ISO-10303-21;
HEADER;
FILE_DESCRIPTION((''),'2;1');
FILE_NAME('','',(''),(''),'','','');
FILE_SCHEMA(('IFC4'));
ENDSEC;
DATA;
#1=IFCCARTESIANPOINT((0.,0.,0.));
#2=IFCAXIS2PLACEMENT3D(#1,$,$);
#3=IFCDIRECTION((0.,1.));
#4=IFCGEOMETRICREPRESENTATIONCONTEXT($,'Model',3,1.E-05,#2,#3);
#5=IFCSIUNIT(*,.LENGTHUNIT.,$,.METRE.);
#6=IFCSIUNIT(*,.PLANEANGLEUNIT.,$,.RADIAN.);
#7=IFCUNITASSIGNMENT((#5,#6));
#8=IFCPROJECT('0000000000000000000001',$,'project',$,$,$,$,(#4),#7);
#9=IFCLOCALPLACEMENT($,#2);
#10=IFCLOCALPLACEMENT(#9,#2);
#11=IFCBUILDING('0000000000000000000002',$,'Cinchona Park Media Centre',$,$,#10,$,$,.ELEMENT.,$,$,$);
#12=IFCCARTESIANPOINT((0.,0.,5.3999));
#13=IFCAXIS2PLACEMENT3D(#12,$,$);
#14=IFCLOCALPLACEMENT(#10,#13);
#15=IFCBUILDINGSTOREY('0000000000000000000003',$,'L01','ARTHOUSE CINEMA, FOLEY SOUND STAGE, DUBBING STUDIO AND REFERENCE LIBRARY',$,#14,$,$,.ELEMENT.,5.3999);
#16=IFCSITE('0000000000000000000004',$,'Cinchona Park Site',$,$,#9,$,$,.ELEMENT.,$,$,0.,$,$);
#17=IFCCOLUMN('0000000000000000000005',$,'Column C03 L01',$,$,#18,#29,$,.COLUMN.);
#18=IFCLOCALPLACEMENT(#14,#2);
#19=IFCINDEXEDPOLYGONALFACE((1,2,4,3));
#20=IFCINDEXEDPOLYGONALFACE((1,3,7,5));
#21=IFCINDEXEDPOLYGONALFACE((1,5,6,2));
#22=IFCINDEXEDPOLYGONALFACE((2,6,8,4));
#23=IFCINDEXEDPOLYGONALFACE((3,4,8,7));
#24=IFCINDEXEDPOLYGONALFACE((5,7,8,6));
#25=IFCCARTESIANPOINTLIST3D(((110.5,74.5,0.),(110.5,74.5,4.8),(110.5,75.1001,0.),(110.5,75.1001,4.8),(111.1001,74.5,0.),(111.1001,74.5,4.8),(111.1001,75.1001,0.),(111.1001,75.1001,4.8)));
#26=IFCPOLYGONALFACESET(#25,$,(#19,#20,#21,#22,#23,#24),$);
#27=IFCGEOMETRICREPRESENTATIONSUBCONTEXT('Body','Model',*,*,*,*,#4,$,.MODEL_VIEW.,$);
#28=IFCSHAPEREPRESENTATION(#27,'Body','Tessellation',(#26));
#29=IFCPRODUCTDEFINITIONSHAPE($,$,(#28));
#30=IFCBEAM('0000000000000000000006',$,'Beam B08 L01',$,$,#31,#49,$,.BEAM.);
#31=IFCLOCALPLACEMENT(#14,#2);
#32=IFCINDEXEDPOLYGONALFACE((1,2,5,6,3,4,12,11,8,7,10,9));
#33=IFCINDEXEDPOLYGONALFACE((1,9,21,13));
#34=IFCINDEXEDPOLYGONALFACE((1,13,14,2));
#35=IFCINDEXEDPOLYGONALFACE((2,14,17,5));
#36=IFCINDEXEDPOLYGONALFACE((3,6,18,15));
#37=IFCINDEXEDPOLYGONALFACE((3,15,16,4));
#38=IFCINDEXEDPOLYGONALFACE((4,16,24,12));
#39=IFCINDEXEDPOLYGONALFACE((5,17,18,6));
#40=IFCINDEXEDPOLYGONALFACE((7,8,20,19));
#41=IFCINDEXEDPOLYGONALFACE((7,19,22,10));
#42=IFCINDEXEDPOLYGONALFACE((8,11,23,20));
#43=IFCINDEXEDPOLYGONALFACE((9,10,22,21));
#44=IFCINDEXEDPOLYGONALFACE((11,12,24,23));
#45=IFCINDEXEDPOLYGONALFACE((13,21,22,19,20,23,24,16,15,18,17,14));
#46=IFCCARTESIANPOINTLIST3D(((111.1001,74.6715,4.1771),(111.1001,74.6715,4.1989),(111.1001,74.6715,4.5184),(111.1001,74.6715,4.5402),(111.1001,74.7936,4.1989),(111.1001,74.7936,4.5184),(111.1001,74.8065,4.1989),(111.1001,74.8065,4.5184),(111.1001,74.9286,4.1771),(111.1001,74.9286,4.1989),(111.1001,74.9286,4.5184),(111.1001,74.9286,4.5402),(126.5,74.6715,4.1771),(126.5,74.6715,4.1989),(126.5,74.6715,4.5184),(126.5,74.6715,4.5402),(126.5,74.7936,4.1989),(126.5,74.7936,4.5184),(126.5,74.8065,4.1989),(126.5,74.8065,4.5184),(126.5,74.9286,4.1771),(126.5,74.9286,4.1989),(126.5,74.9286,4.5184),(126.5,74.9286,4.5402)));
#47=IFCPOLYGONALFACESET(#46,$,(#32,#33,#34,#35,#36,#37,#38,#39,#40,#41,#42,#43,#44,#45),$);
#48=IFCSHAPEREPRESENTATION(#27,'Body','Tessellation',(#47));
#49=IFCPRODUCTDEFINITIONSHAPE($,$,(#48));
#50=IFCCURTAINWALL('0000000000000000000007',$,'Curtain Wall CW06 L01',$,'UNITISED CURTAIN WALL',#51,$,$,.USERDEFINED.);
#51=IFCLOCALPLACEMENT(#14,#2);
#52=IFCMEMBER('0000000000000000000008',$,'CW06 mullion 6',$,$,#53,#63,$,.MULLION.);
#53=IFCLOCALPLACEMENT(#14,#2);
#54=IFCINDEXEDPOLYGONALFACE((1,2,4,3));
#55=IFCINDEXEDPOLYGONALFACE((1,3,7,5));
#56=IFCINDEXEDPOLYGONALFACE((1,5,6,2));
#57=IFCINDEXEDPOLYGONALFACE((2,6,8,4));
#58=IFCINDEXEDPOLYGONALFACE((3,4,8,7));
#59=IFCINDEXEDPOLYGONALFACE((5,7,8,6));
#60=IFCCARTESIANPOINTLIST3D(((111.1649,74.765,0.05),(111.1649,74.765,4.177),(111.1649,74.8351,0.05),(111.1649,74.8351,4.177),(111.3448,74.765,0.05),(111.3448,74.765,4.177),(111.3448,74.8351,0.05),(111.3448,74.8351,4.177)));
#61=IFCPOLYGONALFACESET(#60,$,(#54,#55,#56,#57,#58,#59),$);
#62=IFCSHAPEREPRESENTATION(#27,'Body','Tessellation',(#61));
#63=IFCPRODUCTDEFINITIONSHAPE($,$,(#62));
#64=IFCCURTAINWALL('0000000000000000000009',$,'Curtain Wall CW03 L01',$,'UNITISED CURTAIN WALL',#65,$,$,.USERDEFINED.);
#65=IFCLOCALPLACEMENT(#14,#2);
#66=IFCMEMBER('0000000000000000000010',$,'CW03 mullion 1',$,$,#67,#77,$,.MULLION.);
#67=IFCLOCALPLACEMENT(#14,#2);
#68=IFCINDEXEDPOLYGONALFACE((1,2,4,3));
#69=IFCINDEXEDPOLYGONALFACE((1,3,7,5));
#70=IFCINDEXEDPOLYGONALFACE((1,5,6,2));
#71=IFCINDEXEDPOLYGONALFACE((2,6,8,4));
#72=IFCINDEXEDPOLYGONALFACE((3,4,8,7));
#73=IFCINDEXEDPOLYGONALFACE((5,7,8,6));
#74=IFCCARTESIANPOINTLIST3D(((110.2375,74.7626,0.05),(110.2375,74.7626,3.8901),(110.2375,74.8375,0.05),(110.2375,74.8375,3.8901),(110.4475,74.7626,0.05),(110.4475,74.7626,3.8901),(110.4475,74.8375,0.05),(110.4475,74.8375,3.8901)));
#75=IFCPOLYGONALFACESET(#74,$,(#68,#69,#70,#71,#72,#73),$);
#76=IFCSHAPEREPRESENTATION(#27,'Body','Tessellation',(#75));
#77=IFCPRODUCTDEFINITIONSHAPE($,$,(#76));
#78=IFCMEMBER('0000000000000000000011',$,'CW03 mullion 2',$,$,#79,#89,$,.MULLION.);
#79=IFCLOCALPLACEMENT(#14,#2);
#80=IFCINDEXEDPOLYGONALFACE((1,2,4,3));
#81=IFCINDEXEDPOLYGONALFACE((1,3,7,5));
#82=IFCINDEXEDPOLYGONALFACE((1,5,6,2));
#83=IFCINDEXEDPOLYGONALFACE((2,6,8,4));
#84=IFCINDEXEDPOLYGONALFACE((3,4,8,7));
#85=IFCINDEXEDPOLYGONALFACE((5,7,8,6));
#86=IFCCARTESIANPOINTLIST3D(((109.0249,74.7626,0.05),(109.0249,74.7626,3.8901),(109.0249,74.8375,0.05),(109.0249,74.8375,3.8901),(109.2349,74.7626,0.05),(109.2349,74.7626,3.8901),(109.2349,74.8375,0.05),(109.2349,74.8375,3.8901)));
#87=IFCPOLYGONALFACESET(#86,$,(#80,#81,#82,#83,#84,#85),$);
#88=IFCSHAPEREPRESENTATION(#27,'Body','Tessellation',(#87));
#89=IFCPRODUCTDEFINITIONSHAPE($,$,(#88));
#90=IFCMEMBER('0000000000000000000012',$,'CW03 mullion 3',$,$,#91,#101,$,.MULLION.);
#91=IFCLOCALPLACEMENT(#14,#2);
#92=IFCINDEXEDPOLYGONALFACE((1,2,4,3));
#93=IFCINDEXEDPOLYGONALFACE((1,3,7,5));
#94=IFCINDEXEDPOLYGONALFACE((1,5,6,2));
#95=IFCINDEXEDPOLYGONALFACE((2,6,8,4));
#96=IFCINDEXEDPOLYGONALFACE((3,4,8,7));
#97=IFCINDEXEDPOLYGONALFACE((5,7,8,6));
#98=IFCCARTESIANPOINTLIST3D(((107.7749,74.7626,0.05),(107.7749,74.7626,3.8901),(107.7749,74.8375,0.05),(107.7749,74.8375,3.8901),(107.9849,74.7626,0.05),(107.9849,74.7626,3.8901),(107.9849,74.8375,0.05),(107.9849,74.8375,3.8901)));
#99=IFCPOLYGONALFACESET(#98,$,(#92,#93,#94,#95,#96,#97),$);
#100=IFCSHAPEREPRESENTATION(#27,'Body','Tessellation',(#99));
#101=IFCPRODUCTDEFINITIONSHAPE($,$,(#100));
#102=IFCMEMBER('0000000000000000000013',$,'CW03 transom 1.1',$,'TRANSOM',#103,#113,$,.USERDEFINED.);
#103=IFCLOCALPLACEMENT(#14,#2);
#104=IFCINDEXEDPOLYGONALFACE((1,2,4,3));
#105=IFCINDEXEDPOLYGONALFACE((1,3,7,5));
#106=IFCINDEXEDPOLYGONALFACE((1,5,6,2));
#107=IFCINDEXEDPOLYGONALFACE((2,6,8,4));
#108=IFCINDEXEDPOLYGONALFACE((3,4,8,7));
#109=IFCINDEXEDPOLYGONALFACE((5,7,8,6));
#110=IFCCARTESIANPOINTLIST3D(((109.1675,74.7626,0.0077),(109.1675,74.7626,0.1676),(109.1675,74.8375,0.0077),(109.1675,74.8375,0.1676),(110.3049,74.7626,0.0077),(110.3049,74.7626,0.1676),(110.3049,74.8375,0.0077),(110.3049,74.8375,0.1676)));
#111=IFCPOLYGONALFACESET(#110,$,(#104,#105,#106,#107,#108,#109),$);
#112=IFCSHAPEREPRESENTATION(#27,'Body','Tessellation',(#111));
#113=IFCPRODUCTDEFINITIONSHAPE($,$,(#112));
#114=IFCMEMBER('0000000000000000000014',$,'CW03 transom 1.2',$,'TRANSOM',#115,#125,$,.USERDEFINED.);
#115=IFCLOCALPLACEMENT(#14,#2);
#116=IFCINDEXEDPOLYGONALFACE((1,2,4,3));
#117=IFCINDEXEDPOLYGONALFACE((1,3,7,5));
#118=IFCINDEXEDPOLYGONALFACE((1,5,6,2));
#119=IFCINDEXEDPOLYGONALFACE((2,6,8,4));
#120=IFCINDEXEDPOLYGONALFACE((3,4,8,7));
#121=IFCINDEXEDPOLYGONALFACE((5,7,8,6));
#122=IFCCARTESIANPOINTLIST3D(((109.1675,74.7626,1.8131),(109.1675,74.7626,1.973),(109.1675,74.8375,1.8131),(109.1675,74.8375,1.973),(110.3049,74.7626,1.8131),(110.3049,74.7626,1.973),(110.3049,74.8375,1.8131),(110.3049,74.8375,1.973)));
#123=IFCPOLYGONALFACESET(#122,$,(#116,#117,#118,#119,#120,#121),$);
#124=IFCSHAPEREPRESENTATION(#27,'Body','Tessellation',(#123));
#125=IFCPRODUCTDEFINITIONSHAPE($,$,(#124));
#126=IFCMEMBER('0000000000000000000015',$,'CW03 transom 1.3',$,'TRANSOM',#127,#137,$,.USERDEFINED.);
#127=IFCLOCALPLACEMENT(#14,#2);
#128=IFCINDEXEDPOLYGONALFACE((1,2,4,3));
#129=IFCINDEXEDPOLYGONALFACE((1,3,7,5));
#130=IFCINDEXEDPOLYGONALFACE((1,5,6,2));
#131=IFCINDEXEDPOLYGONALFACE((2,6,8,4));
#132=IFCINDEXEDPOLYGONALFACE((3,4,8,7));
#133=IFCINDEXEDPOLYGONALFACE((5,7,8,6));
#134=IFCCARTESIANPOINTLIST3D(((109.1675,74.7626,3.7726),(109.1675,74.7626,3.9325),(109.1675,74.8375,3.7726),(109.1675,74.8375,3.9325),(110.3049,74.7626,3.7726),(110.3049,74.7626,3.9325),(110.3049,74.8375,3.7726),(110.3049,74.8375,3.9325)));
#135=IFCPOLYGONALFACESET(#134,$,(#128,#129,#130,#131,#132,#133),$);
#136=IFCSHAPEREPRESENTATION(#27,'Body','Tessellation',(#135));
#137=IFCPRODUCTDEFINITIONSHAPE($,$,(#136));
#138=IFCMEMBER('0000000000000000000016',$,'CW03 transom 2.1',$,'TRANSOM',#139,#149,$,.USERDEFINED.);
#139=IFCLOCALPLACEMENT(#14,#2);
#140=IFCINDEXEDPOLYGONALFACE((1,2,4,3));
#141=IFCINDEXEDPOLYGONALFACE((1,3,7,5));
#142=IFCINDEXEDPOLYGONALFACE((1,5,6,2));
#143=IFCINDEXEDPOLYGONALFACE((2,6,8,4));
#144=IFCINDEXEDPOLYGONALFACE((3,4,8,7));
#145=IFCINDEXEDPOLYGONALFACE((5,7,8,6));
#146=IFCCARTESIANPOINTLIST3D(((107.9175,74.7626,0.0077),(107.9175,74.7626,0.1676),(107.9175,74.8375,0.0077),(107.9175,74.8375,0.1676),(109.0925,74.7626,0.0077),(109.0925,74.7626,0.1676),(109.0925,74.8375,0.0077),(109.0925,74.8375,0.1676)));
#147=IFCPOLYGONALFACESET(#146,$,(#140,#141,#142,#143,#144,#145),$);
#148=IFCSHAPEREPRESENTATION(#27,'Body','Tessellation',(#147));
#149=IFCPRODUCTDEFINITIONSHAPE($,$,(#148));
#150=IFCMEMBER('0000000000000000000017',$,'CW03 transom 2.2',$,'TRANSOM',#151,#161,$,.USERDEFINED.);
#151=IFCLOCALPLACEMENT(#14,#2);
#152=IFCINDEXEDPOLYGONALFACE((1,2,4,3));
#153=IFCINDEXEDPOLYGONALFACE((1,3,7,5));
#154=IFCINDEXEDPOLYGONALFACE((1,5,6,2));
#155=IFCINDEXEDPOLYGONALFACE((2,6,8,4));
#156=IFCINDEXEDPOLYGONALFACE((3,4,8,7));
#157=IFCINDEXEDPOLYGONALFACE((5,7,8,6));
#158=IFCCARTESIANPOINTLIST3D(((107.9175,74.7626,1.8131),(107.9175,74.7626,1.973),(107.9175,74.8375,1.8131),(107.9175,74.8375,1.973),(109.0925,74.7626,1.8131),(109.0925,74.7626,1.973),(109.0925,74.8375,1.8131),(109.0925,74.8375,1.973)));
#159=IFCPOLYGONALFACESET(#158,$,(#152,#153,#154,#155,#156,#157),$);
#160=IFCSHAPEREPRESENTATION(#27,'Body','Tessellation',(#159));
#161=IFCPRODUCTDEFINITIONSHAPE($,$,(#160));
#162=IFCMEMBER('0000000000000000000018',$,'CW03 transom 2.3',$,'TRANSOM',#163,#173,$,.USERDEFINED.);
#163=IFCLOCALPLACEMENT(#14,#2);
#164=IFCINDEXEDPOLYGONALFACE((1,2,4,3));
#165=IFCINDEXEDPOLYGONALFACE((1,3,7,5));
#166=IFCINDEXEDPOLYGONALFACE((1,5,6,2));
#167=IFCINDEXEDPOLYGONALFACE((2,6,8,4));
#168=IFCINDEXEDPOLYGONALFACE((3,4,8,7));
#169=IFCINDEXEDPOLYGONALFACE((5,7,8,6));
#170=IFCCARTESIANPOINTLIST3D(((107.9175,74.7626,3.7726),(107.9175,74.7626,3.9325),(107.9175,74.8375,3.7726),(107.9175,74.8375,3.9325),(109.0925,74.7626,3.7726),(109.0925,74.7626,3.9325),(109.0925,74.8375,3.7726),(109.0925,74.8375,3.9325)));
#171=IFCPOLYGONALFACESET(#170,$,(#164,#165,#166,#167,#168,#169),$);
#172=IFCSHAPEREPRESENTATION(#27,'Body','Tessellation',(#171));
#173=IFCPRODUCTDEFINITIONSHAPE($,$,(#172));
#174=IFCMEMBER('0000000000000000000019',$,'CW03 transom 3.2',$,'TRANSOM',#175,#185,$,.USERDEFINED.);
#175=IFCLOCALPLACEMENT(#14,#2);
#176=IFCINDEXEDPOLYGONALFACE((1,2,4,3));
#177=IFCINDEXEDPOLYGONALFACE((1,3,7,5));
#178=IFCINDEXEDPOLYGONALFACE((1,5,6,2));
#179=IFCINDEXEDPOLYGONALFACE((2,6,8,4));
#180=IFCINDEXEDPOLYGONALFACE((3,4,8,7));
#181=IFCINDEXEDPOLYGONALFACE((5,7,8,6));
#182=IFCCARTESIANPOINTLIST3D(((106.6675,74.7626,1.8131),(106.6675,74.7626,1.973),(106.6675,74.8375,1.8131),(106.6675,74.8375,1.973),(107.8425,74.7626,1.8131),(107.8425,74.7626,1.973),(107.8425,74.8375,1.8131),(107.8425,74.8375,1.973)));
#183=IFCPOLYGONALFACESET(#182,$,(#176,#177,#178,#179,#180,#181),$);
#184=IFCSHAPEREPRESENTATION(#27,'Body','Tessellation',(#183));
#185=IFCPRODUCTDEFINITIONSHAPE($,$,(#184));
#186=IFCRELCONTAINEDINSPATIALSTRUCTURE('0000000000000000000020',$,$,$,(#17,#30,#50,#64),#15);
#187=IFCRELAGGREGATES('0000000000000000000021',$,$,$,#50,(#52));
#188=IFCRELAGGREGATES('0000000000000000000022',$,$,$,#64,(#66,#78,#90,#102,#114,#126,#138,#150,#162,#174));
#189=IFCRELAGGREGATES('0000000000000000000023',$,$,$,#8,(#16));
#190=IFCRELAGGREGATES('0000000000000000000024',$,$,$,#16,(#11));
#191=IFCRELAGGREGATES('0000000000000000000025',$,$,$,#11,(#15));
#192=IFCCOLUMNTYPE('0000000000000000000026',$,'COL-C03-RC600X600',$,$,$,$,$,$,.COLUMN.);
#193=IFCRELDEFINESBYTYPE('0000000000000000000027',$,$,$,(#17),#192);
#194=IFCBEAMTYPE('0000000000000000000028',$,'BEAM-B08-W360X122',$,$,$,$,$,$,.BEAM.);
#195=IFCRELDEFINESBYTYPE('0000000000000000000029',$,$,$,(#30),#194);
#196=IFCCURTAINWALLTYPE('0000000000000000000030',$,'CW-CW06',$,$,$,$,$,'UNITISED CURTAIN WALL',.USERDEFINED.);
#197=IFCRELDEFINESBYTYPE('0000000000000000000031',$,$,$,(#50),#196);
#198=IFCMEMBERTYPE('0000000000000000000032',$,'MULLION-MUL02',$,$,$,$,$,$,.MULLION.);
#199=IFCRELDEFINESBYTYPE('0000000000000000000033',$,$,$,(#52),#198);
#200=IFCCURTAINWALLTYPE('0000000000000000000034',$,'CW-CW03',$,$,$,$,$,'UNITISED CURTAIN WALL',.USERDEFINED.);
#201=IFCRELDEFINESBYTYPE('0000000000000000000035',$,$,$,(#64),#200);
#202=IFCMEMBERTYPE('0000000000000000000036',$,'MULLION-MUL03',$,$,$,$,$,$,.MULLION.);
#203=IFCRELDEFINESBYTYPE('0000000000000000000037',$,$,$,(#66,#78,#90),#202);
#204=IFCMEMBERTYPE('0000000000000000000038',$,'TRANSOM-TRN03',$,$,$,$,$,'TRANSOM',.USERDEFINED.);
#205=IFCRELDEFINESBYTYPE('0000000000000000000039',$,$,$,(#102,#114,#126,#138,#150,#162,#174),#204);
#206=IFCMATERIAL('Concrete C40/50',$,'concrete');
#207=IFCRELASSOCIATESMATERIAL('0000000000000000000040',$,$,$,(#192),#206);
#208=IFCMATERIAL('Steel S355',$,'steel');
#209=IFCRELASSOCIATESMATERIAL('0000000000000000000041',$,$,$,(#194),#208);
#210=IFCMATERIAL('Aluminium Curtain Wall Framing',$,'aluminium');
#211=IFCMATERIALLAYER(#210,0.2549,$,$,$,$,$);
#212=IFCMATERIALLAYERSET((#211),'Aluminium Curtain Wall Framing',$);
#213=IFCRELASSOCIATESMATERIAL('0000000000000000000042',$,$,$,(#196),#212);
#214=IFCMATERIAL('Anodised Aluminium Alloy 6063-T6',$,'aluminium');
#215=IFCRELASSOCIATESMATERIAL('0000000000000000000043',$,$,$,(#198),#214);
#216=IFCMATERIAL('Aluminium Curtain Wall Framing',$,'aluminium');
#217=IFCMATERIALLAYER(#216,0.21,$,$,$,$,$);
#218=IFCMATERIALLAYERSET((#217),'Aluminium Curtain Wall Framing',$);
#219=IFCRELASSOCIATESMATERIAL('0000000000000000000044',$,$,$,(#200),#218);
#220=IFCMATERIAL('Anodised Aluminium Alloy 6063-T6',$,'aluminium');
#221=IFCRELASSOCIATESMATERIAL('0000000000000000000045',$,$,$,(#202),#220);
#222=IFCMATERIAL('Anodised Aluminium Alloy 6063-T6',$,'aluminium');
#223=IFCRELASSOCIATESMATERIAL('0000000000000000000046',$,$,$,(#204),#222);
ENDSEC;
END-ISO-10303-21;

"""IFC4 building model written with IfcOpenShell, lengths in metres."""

from ifc_helpers import new_model, si_unit, direction, frame, origin, origin_2d, place, context, subcontext, project, spatial, rectangle, i_section, extrude, material, layer, layer_set, material_profile, profile_set, type_object, element, aggregate, save


model = new_model("IFC4")

# Units and contexts
model_context = context("Model", 3, precision=1e-05, world=origin(), true_north=direction((0.0, 1.0)))
body_context = subcontext(model_context, "Body", "Model", "MODEL_VIEW")
ifc_project = project(units=[si_unit("LENGTHUNIT", "METRE"), si_unit("PLANEANGLEUNIT", "RADIAN")], contexts=[model_context])

# Site, building, storey
site_placement = place(None, origin())
site = spatial("IfcSite", under=ifc_project, at=site_placement, Name="Cinchona Park Site", CompositionType="ELEMENT", RefElevation=0.0)
building_placement = place(site_placement, origin())
building = spatial("IfcBuilding", under=site, at=building_placement, Name="Cinchona Park Media Centre", CompositionType="ELEMENT")
storey_placement = place(building_placement, frame((0.0, 0.0, 5.3999)))
storey = spatial("IfcBuildingStorey", under=building, at=storey_placement, Name="L01", Description="ARTHOUSE CINEMA, FOLEY SOUND STAGE, DUBBING STUDIO AND REFERENCE LIBRARY", CompositionType="ELEMENT", Elevation=5.3999)

# Column
ifc_material_1 = material(Name="Concrete C40/50", Category="concrete")
ifc_material_profile_1 = material_profile(ifc_material_1, rectangle(XDim=0.6001, YDim=0.6001, at=origin_2d()), Name="RC 600X600")
ifc_profile_set_1 = profile_set([ifc_material_profile_1], Name="Concrete C40/50")
column_type = type_object("IfcColumnType", Name="COL-C03-RC600X600", PredefinedType="COLUMN", material=ifc_profile_set_1)
column_placement = place(storey_placement, frame((110.8, 74.8, 0.0), z_axis=(0.0, 0.0, 1.0), x_axis=(1.0, 0.0, 0.0)))
element("IfcColumn", 1, at=column_placement, inside=storey, type_object=column_type, Name="Column C03 L01", PredefinedType="COLUMN", context=body_context, shape_type="SweptSolid", body=[
    extrude(rectangle(XDim=0.6001, YDim=0.6001, at=origin_2d()), origin(), (0.0, 0.0, 1.0), 4.8),
])

# Beam
ifc_material_2 = material(Name="Steel S355", Category="steel")
ifc_material_profile_2 = material_profile(ifc_material_2, i_section(OverallWidth=0.2571, OverallDepth=0.363, WebThickness=0.0129, FlangeThickness=0.0217, at=origin_2d()), Name="W360X122")
ifc_profile_set_2 = profile_set([ifc_material_profile_2], Name="Steel S355")
beam_type = type_object("IfcBeamType", Name="BEAM-B08-W360X122", PredefinedType="BEAM", material=ifc_profile_set_2)
beam_placement = place(storey_placement, frame((111.1001, 74.8, 4.3586), z_axis=(1.0, 0.0, 0.0), x_axis=(0.0, 1.0, 0.0)))
element("IfcBeam", 2, at=beam_placement, inside=storey, type_object=beam_type, Name="Beam B08 L01", PredefinedType="BEAM", context=body_context, shape_type="SweptSolid", body=[
    extrude(i_section(OverallWidth=0.2571, OverallDepth=0.363, WebThickness=0.0129, FlangeThickness=0.0217, at=origin_2d()), origin(), (0.0, 0.0, 1.0), 15.3999),
])

# Curtain wall, member
ifc_material_3 = material(Name="Aluminium Curtain Wall Framing", Category="aluminium")
ifc_layer_1 = layer(ifc_material_3, 0.2549)
ifc_layer_set_1 = layer_set([ifc_layer_1], Name="Aluminium Curtain Wall Framing")
curtain_wall_type_1 = type_object("IfcCurtainWallType", Name="CW-CW06", ElementType="UNITISED CURTAIN WALL", PredefinedType="USERDEFINED", material=ifc_layer_set_1)
curtain_wall_1_placement = place(storey_placement, origin())
curtain_wall_1 = element("IfcCurtainWall", 3, at=curtain_wall_1_placement, inside=storey, type_object=curtain_wall_type_1, Name="Curtain Wall CW06 L01", ObjectType="UNITISED CURTAIN WALL", PredefinedType="USERDEFINED")
ifc_material_4 = material(Name="Anodised Aluminium Alloy 6063-T6", Category="aluminium")
ifc_material_profile_3 = material_profile(ifc_material_4, rectangle(XDim=0.0701, YDim=0.1799, at=origin_2d()), Name="MUL-70X180")
ifc_profile_set_3 = profile_set([ifc_material_profile_3], Name="Anodised Aluminium Alloy 6063-T6")
member_type_1 = type_object("IfcMemberType", Name="MULLION-MUL02", PredefinedType="MULLION", material=ifc_profile_set_3)
member_1_placement = place(storey_placement, frame((111.2549, 74.8, 0.05), z_axis=(0.0, 0.0, 1.0), x_axis=(0.0, -1.0, 0.0)))
member_1 = element("IfcMember", 4, at=member_1_placement, type_object=member_type_1, Name="CW06 mullion 6", PredefinedType="MULLION", context=body_context, shape_type="SweptSolid", body=[
    extrude(rectangle(XDim=0.0701, YDim=0.1799, at=origin_2d()), origin(), (0.0, 0.0, 1.0), 4.127),
])
aggregate(curtain_wall_1, [member_1])

# Curtain wall, members
ifc_material_5 = material(Name="Aluminium Curtain Wall Framing", Category="aluminium")
ifc_layer_2 = layer(ifc_material_5, 0.21)
ifc_layer_set_2 = layer_set([ifc_layer_2], Name="Aluminium Curtain Wall Framing")
curtain_wall_type_2 = type_object("IfcCurtainWallType", Name="CW-CW03", ElementType="UNITISED CURTAIN WALL", PredefinedType="USERDEFINED", material=ifc_layer_set_2)
curtain_wall_2_placement = place(storey_placement, origin())
curtain_wall_2 = element("IfcCurtainWall", 5, at=curtain_wall_2_placement, inside=storey, type_object=curtain_wall_type_2, Name="Curtain Wall CW03 L01", ObjectType="UNITISED CURTAIN WALL", PredefinedType="USERDEFINED")
ifc_material_6 = material(Name="Anodised Aluminium Alloy 6063-T6", Category="aluminium")
ifc_material_profile_4 = material_profile(ifc_material_6, rectangle(XDim=0.075, YDim=0.21, at=origin_2d()), Name="MUL-75X210")
ifc_profile_set_4 = profile_set([ifc_material_profile_4], Name="Anodised Aluminium Alloy 6063-T6")
member_type_2 = type_object("IfcMemberType", Name="MULLION-MUL03", PredefinedType="MULLION", material=ifc_profile_set_4)
member_2_placement = place(storey_placement, frame((110.3425, 74.8, 0.05), z_axis=(0.0, 0.0, 1.0), x_axis=(0.0, -1.0, 0.0)))
member_2 = element("IfcMember", 6, at=member_2_placement, type_object=member_type_2, Name="CW03 mullion 1", PredefinedType="MULLION", context=body_context, shape_type="SweptSolid", body=[
    extrude(rectangle(XDim=0.075, YDim=0.21, at=origin_2d()), origin(), (0.0, 0.0, 1.0), 3.8401),
])
member_3_placement = place(storey_placement, frame((109.1299, 74.8, 0.05), z_axis=(0.0, 0.0, 1.0), x_axis=(0.0, -1.0, 0.0)))
member_3 = element("IfcMember", 7, at=member_3_placement, type_object=member_type_2, Name="CW03 mullion 2", PredefinedType="MULLION", context=body_context, shape_type="SweptSolid", body=[
    extrude(rectangle(XDim=0.075, YDim=0.21, at=origin_2d()), origin(), (0.0, 0.0, 1.0), 3.8401),
])
member_4_placement = place(storey_placement, frame((107.8799, 74.8, 0.05), z_axis=(0.0, 0.0, 1.0), x_axis=(0.0, -1.0, 0.0)))
member_4 = element("IfcMember", 8, at=member_4_placement, type_object=member_type_2, Name="CW03 mullion 3", PredefinedType="MULLION", context=body_context, shape_type="SweptSolid", body=[
    extrude(rectangle(XDim=0.075, YDim=0.21, at=origin_2d()), origin(), (0.0, 0.0, 1.0), 3.8401),
])
ifc_material_7 = material(Name="Anodised Aluminium Alloy 6063-T6", Category="aluminium")
ifc_material_profile_5 = material_profile(ifc_material_7, rectangle(XDim=0.075, YDim=0.1599, at=origin_2d()), Name="TRN-75X160")
ifc_profile_set_5 = profile_set([ifc_material_profile_5], Name="Anodised Aluminium Alloy 6063-T6")
member_type_3 = type_object("IfcMemberType", Name="TRANSOM-TRN03", ElementType="TRANSOM", PredefinedType="USERDEFINED", material=ifc_profile_set_5)
member_5_placement = place(storey_placement, frame((110.3049, 74.8, 0.0876), z_axis=(-1.0, 0.0, 0.0), x_axis=(0.0, -1.0, 0.0)))
member_5 = element("IfcMember", 9, at=member_5_placement, type_object=member_type_3, Name="CW03 transom 1.1", ObjectType="TRANSOM", PredefinedType="USERDEFINED", context=body_context, shape_type="SweptSolid", body=[
    extrude(rectangle(XDim=0.075, YDim=0.1599, at=origin_2d()), origin(), (0.0, 0.0, 1.0), 1.1375),
])
member_6_placement = place(storey_placement, frame((110.3049, 74.8, 1.8931), z_axis=(-1.0, 0.0, 0.0), x_axis=(0.0, -1.0, 0.0)))
member_6 = element("IfcMember", 10, at=member_6_placement, type_object=member_type_3, Name="CW03 transom 1.2", ObjectType="TRANSOM", PredefinedType="USERDEFINED", context=body_context, shape_type="SweptSolid", body=[
    extrude(rectangle(XDim=0.075, YDim=0.1599, at=origin_2d()), origin(), (0.0, 0.0, 1.0), 1.1375),
])
member_7_placement = place(storey_placement, frame((110.3049, 74.8, 3.8525), z_axis=(-1.0, 0.0, 0.0), x_axis=(0.0, -1.0, 0.0)))
member_7 = element("IfcMember", 11, at=member_7_placement, type_object=member_type_3, Name="CW03 transom 1.3", ObjectType="TRANSOM", PredefinedType="USERDEFINED", context=body_context, shape_type="SweptSolid", body=[
    extrude(rectangle(XDim=0.075, YDim=0.1599, at=origin_2d()), origin(), (0.0, 0.0, 1.0), 1.1375),
])
member_8_placement = place(storey_placement, frame((109.0925, 74.8, 0.0876), z_axis=(-1.0, 0.0, 0.0), x_axis=(0.0, -1.0, 0.0)))
member_8 = element("IfcMember", 12, at=member_8_placement, type_object=member_type_3, Name="CW03 transom 2.1", ObjectType="TRANSOM", PredefinedType="USERDEFINED", context=body_context, shape_type="SweptSolid", body=[
    extrude(rectangle(XDim=0.075, YDim=0.1599, at=origin_2d()), origin(), (0.0, 0.0, 1.0), 1.175),
])
member_9_placement = place(storey_placement, frame((109.0925, 74.8, 1.8931), z_axis=(-1.0, 0.0, 0.0), x_axis=(0.0, -1.0, 0.0)))
member_9 = element("IfcMember", 13, at=member_9_placement, type_object=member_type_3, Name="CW03 transom 2.2", ObjectType="TRANSOM", PredefinedType="USERDEFINED", context=body_context, shape_type="SweptSolid", body=[
    extrude(rectangle(XDim=0.075, YDim=0.1599, at=origin_2d()), origin(), (0.0, 0.0, 1.0), 1.175),
])
member_10_placement = place(storey_placement, frame((109.0925, 74.8, 3.8525), z_axis=(-1.0, 0.0, 0.0), x_axis=(0.0, -1.0, 0.0)))
member_10 = element("IfcMember", 14, at=member_10_placement, type_object=member_type_3, Name="CW03 transom 2.3", ObjectType="TRANSOM", PredefinedType="USERDEFINED", context=body_context, shape_type="SweptSolid", body=[
    extrude(rectangle(XDim=0.075, YDim=0.1599, at=origin_2d()), origin(), (0.0, 0.0, 1.0), 1.175),
])
member_11_placement = place(storey_placement, frame((107.8425, 74.8, 1.8931), z_axis=(-1.0, 0.0, 0.0), x_axis=(0.0, -1.0, 0.0)))
member_11 = element("IfcMember", 15, at=member_11_placement, type_object=member_type_3, Name="CW03 transom 3.2", ObjectType="TRANSOM", PredefinedType="USERDEFINED", context=body_context, shape_type="SweptSolid", body=[
    extrude(rectangle(XDim=0.075, YDim=0.1599, at=origin_2d()), origin(), (0.0, 0.0, 1.0), 1.175),
])
aggregate(curtain_wall_2, [member_2, member_3, member_4, member_5, member_6, member_7, member_8, member_9, member_10, member_11])

save(model, "model.ifc")
